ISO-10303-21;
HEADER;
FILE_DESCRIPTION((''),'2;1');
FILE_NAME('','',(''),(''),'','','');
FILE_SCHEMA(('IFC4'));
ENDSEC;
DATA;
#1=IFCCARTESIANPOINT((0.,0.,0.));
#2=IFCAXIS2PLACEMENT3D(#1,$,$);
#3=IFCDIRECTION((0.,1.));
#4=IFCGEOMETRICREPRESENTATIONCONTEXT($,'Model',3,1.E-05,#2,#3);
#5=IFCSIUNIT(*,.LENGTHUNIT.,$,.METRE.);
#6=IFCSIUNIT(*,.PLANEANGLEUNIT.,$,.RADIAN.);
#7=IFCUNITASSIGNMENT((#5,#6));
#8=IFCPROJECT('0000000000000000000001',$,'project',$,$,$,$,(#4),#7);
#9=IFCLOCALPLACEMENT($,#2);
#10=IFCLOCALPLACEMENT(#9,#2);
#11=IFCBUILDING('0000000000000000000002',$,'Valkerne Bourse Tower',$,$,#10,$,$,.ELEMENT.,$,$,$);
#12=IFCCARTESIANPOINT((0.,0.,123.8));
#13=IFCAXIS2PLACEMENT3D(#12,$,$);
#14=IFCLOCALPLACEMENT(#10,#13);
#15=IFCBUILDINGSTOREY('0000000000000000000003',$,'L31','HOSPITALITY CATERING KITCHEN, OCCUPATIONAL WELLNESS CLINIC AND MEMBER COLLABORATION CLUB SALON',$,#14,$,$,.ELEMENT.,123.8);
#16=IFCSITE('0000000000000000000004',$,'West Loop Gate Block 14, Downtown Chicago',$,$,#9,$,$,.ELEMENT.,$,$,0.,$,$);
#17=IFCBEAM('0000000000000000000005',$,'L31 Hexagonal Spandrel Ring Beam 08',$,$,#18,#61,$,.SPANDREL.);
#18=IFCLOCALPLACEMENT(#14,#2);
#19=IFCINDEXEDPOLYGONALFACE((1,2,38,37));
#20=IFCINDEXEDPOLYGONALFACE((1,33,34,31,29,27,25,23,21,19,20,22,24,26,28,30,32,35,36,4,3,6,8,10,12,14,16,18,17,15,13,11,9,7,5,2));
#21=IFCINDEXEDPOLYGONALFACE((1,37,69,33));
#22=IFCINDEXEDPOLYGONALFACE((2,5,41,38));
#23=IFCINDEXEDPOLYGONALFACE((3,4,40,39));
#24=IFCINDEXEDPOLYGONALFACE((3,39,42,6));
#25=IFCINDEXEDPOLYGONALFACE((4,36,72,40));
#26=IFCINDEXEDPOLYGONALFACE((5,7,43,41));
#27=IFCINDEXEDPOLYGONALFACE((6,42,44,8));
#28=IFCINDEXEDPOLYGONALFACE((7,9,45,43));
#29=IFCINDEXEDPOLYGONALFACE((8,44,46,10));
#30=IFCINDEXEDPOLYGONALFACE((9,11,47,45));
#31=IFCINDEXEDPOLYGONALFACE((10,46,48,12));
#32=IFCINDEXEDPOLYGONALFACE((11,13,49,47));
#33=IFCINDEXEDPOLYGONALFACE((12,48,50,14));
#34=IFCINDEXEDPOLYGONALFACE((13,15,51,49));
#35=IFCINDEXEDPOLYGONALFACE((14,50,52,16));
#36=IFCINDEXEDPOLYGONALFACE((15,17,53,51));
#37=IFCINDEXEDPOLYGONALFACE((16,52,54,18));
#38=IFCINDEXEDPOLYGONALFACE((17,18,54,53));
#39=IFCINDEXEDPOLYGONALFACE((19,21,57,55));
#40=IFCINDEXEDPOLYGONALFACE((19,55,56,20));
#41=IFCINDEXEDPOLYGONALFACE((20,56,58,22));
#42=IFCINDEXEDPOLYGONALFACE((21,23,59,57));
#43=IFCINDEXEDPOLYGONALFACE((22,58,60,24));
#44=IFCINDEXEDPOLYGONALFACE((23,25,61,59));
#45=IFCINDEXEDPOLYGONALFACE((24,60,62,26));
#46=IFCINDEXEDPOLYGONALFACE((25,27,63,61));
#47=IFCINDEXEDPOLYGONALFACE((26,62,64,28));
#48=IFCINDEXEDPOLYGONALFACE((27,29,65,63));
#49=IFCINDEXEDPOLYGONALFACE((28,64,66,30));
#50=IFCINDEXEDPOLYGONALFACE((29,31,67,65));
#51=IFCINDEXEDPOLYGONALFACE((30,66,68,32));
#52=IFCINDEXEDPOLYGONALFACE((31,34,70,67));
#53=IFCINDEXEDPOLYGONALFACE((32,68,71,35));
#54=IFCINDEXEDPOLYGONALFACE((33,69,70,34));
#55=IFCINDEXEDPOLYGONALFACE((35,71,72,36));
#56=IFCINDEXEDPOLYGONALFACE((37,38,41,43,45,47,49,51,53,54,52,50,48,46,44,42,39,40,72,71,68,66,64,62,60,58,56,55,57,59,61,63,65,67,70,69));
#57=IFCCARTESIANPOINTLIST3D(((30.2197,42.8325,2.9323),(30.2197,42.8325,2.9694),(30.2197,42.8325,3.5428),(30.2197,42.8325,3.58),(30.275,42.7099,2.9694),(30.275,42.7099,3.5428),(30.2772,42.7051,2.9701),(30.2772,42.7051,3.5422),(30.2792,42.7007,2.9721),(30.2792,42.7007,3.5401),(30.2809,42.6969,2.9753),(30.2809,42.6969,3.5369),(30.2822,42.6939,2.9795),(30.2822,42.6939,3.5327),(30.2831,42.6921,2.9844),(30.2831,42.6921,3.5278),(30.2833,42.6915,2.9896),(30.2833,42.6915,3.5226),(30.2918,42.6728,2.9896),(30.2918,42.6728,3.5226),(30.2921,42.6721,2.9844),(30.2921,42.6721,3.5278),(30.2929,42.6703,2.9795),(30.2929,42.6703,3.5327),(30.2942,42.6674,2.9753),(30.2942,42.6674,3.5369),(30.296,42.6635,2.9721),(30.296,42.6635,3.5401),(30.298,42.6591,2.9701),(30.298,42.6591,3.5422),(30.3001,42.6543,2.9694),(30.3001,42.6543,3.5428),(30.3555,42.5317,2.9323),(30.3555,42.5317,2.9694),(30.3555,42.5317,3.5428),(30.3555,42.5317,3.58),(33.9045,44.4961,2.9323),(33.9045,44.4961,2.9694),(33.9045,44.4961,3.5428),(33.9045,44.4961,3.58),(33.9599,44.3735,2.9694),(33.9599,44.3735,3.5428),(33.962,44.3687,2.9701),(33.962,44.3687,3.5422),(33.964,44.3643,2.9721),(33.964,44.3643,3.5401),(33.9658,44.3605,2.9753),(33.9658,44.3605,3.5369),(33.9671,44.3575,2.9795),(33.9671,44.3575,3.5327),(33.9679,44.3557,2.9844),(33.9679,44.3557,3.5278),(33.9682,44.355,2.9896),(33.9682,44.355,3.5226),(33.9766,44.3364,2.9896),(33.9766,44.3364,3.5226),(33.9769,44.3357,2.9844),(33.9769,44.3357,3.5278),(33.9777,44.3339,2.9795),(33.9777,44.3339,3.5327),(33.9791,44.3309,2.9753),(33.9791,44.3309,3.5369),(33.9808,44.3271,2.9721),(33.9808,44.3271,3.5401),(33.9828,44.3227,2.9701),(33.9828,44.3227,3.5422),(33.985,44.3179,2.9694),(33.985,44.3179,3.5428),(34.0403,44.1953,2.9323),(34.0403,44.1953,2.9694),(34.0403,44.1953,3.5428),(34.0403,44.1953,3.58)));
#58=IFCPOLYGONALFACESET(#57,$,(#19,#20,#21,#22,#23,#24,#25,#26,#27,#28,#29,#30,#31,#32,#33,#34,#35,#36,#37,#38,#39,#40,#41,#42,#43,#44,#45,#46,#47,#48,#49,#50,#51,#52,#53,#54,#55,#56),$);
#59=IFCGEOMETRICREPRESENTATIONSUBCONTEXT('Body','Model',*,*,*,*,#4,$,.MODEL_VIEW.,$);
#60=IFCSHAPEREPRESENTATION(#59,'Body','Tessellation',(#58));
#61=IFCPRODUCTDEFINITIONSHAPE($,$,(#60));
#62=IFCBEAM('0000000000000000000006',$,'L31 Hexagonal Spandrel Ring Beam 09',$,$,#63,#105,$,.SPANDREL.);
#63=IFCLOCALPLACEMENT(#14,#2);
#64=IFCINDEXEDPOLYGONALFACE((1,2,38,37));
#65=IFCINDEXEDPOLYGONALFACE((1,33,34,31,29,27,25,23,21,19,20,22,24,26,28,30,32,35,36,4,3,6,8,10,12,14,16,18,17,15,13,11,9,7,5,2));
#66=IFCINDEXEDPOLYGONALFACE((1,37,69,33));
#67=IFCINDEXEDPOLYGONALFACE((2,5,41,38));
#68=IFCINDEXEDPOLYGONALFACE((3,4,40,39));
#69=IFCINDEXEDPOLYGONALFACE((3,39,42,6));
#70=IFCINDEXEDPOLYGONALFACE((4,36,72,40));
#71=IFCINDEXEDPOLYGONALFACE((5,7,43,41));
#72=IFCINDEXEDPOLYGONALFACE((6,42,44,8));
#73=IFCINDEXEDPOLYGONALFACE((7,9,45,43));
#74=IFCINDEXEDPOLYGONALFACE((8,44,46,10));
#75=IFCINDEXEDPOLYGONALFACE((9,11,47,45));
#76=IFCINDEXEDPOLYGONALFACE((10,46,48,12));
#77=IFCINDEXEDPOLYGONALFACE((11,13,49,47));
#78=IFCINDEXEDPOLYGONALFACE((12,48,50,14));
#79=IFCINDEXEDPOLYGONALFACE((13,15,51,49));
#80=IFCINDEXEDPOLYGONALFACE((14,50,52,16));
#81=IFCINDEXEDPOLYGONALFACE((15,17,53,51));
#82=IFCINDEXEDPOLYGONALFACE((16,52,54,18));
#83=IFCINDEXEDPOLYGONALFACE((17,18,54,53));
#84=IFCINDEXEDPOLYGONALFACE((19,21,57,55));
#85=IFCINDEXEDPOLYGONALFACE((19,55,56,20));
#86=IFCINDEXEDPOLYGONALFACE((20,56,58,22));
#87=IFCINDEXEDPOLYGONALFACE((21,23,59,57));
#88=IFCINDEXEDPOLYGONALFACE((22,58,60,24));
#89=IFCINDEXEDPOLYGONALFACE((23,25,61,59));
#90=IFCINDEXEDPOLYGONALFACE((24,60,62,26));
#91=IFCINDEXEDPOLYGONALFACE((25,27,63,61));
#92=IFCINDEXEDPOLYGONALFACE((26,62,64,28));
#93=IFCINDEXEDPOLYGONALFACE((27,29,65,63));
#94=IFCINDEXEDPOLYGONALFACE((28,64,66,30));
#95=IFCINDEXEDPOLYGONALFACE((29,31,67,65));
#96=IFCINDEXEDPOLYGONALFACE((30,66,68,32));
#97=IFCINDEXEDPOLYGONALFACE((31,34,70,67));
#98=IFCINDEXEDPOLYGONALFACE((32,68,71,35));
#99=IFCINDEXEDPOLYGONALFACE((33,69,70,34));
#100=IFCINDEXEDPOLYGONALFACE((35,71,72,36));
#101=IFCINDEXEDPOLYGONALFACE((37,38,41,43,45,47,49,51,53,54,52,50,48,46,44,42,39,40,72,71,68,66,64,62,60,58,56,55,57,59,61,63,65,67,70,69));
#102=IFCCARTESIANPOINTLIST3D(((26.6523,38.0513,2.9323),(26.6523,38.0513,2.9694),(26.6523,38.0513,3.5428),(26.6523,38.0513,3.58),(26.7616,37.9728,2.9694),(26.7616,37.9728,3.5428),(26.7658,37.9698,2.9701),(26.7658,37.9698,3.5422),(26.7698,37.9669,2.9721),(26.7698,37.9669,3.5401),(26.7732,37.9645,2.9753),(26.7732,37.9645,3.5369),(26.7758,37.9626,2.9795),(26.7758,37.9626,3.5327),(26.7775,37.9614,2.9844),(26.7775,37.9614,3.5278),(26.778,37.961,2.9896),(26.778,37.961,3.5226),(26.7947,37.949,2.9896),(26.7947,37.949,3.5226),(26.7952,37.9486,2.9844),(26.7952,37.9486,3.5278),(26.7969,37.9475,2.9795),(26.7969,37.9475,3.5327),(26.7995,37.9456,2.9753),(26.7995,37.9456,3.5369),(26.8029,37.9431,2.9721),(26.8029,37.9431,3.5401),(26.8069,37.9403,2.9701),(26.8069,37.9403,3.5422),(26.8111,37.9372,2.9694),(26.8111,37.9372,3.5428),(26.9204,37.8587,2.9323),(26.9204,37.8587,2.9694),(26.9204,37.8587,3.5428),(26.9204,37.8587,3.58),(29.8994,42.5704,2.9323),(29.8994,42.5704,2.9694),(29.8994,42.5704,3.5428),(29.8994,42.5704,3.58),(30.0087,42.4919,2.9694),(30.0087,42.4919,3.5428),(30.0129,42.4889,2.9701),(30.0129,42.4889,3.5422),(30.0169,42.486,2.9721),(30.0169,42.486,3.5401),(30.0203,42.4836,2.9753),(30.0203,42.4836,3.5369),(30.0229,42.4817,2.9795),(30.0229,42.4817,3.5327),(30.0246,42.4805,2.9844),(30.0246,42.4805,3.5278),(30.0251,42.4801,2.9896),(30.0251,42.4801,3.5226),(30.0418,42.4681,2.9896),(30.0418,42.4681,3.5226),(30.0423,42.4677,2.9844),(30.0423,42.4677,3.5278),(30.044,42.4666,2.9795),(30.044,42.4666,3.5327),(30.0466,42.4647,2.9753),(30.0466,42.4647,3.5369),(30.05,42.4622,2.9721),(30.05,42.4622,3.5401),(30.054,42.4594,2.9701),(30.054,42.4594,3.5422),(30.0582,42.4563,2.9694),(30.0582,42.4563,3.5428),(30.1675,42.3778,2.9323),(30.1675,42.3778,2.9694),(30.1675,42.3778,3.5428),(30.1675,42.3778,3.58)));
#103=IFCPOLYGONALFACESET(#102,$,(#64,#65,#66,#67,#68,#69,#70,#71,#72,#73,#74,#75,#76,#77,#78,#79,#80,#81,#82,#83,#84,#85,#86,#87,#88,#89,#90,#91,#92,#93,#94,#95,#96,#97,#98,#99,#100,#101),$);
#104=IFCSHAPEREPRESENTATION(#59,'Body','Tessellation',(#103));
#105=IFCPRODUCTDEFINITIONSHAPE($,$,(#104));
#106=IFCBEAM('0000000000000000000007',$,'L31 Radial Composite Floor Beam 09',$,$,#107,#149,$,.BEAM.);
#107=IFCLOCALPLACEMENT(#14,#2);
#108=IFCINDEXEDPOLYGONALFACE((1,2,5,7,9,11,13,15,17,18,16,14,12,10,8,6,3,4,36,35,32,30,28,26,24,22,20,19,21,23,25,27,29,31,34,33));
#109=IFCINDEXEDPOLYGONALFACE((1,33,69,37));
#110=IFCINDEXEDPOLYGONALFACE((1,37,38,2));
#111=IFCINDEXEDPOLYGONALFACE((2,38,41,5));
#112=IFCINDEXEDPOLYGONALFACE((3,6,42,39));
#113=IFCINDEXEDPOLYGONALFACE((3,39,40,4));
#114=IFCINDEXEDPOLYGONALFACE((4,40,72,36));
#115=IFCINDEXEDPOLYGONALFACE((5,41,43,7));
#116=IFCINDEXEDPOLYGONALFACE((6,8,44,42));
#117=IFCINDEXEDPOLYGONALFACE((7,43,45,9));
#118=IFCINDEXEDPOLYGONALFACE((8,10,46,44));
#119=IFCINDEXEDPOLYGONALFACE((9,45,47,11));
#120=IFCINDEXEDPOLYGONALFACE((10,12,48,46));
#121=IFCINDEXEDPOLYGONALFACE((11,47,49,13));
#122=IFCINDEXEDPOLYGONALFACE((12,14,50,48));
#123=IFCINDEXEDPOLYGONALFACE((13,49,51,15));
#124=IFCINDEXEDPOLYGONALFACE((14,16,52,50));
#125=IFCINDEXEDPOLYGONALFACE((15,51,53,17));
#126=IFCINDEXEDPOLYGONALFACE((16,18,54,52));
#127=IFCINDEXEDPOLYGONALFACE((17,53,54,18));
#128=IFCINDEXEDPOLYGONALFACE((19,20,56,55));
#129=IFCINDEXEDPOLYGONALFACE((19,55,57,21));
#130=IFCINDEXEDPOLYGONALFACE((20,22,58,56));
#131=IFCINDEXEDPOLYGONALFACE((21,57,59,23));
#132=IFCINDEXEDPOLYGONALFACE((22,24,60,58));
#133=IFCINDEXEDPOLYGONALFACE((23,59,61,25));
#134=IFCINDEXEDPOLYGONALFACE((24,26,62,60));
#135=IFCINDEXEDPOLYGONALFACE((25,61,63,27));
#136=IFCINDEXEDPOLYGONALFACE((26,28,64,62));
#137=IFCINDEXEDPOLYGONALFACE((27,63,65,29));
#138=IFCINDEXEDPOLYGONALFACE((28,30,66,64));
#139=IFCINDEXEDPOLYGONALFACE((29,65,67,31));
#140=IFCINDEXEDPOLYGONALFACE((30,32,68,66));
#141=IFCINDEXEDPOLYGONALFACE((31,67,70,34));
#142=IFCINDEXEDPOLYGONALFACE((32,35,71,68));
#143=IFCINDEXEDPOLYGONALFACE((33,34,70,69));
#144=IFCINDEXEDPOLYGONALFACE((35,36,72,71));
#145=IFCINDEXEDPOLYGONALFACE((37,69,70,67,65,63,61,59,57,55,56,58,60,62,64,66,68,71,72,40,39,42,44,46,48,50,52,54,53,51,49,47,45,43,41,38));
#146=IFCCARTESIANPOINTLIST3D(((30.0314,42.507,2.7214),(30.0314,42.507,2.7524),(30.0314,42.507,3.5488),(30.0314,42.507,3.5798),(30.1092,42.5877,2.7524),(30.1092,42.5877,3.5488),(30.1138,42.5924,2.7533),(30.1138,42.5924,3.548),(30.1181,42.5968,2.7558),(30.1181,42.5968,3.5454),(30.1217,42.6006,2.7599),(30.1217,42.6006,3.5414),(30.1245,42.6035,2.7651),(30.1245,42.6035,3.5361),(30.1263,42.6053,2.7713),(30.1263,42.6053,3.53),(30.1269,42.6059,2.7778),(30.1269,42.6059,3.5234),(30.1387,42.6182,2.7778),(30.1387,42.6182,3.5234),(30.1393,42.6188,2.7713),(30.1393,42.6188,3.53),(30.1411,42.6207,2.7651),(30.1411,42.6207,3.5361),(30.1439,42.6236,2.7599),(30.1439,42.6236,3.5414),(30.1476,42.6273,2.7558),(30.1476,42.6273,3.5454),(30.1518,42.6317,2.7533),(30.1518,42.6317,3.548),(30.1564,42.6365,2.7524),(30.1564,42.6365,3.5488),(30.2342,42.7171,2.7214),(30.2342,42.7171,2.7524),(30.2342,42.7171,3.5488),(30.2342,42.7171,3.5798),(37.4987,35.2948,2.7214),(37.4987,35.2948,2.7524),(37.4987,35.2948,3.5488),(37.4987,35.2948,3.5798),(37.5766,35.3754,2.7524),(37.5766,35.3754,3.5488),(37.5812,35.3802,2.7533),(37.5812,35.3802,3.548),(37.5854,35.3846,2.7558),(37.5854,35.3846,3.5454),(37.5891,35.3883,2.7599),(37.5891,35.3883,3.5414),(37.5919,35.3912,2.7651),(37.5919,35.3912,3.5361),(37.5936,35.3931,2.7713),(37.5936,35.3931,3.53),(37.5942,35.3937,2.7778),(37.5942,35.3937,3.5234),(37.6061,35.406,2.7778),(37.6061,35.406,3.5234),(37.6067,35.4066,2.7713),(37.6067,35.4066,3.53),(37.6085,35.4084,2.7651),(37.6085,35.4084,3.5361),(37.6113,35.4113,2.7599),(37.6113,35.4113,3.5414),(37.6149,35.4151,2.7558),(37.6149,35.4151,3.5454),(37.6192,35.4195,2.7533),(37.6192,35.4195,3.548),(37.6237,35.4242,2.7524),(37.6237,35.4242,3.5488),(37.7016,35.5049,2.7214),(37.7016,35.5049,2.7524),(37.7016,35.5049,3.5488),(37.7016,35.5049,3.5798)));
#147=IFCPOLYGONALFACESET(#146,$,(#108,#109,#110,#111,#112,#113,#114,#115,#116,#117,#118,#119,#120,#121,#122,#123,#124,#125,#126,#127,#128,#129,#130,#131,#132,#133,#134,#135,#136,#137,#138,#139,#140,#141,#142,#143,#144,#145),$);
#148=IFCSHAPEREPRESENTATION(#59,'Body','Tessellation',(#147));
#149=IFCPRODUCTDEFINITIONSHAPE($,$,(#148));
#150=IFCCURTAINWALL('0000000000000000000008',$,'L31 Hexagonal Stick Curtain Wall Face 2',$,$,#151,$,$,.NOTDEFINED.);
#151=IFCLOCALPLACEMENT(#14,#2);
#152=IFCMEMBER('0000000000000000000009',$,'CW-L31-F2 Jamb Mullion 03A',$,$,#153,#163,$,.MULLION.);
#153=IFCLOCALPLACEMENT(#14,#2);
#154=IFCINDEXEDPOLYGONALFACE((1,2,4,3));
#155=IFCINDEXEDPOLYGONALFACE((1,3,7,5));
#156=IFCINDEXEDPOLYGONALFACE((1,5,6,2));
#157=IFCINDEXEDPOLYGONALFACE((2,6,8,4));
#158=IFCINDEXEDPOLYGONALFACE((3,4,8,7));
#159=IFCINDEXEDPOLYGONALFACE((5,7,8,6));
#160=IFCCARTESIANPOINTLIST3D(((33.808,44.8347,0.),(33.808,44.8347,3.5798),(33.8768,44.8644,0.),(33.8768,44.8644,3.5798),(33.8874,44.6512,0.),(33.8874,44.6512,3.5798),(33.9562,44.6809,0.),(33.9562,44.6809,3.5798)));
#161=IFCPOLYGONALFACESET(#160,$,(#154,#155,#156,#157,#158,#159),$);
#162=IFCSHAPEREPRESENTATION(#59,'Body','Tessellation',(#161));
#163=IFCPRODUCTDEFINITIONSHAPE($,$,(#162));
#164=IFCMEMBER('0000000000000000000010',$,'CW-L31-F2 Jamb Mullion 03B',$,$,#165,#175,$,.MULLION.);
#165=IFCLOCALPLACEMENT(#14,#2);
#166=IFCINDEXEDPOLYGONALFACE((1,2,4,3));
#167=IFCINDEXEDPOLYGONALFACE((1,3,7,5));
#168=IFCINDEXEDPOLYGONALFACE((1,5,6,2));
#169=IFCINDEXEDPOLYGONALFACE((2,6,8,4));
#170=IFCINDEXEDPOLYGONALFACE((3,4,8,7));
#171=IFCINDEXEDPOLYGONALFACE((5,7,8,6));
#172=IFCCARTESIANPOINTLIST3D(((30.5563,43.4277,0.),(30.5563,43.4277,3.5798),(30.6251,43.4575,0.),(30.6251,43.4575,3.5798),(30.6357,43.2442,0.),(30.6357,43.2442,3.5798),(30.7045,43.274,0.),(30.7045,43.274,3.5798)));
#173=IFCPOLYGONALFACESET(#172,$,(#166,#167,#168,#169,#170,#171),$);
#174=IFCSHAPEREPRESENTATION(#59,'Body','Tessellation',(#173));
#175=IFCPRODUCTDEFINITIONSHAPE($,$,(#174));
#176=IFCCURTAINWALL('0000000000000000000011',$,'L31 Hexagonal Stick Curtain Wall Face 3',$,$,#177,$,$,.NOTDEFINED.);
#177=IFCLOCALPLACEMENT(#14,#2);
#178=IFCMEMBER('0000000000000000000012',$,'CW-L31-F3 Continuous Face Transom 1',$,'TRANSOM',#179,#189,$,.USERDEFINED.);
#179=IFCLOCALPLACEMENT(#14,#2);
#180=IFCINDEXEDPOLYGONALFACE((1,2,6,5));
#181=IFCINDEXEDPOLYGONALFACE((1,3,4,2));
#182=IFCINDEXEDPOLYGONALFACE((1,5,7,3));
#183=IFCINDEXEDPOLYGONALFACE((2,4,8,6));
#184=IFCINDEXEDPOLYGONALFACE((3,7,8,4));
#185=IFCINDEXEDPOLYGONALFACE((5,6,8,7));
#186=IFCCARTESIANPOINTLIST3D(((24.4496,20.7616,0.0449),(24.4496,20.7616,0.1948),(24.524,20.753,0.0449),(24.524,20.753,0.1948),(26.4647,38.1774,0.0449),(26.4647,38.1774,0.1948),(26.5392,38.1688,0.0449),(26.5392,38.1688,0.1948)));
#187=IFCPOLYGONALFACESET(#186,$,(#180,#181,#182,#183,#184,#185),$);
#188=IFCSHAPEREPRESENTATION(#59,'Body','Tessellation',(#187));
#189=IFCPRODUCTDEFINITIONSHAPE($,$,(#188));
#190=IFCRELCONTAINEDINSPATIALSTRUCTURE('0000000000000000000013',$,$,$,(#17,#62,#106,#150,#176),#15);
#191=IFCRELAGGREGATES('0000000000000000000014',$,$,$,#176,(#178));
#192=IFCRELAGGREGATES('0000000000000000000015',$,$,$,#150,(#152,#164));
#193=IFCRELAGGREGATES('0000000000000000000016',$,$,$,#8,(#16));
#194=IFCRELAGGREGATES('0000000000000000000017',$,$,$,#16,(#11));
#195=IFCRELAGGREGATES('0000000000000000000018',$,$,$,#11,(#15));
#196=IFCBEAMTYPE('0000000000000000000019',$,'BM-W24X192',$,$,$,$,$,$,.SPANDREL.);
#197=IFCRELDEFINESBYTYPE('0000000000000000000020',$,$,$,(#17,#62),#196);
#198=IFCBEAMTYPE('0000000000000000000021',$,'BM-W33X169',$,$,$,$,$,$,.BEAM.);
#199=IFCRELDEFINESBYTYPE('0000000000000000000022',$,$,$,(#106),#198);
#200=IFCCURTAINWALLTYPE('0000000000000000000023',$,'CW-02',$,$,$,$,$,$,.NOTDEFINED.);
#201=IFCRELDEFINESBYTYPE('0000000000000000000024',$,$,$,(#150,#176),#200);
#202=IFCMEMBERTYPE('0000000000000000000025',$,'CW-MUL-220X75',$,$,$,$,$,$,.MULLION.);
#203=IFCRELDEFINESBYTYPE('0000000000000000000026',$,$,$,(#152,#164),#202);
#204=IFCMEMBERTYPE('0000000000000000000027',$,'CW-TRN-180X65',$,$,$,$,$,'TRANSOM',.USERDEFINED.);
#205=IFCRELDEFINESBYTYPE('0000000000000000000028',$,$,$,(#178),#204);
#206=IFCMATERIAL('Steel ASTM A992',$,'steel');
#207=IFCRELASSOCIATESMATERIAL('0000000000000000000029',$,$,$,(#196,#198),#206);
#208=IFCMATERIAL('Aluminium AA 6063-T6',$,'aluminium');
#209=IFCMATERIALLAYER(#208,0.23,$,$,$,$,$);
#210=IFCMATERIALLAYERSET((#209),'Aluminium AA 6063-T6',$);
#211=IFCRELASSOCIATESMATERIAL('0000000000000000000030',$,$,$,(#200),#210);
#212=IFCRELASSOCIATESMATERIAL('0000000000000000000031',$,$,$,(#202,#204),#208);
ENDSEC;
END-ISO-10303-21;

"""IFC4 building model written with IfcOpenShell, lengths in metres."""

from ifc_helpers import new_model, si_unit, direction, frame, origin, origin_2d, place, context, subcontext, project, spatial, rectangle, i_section, extrude, material, layer, layer_set, material_profile, profile_set, type_object, element, aggregate, save


model = new_model("IFC4")

# Units and contexts
model_context = context("Model", 3, precision=1e-05, world=origin(), true_north=direction((0.0, 1.0)))
body_context = subcontext(model_context, "Body", "Model", "MODEL_VIEW")
ifc_project = project(units=[si_unit("LENGTHUNIT", "METRE"), si_unit("PLANEANGLEUNIT", "RADIAN")], contexts=[model_context])

# Site, building, storey
site_placement = place(None, origin())
site = spatial("IfcSite", under=ifc_project, at=site_placement, Name="West Loop Gate Block 14, Downtown Chicago", CompositionType="ELEMENT", RefElevation=0.0)
building_placement = place(site_placement, origin())
building = spatial("IfcBuilding", under=site, at=building_placement, Name="Valkerne Bourse Tower", CompositionType="ELEMENT")
storey_placement = place(building_placement, frame((0.0, 0.0, 123.8)))
storey = spatial("IfcBuildingStorey", under=building, at=storey_placement, Name="L31", Description="HOSPITALITY CATERING KITCHEN, OCCUPATIONAL WELLNESS CLINIC AND MEMBER COLLABORATION CLUB SALON", CompositionType="ELEMENT", Elevation=123.8)

# Beams
ifc_material_1 = material(Name="Steel ASTM A992", Category="steel")
ifc_material_profile_1 = material_profile(ifc_material_1, i_section(OverallWidth=0.3301, OverallDepth=0.6477, WebThickness=0.0205, FlangeThickness=0.0371, FilletRadius=0.0203, at=origin_2d()), Name="W24X192")
ifc_profile_set_1 = profile_set([ifc_material_profile_1], Name="Steel ASTM A992")
beam_type_1 = type_object("IfcBeamType", Name="BM-W24X192", PredefinedType="SPANDREL", material=ifc_profile_set_1)
beam_1_placement = place(storey_placement, frame((33.9724, 44.3457, 3.2561), z_axis=(-0.91142, -0.411477, 0.0), x_axis=(0.411477, -0.91142, 0.0)))
element("IfcBeam", 1, at=beam_1_placement, inside=storey, type_object=beam_type_1, Name="L31 Hexagonal Spandrel Ring Beam 08", PredefinedType="SPANDREL", context=body_context, shape_type="SweptSolid", body=[
    extrude(i_section(OverallWidth=0.3301, OverallDepth=0.6477, WebThickness=0.0205, FlangeThickness=0.0371, FilletRadius=0.0203, at=origin_2d()), origin(), (0.0, 0.0, 1.0), 4.043),
])
beam_2_placement = place(storey_placement, frame((30.0334, 42.4741, 3.2561), z_axis=(-0.583519, -0.8121, 0.0), x_axis=(0.8121, -0.583519, 0.0)))
element("IfcBeam", 2, at=beam_2_placement, inside=storey, type_object=beam_type_1, Name="L31 Hexagonal Spandrel Ring Beam 09", PredefinedType="SPANDREL", context=body_context, shape_type="SweptSolid", body=[
    extrude(i_section(OverallWidth=0.3301, OverallDepth=0.6477, WebThickness=0.0205, FlangeThickness=0.0371, FilletRadius=0.0203, at=origin_2d()), origin(), (0.0, 0.0, 1.0), 5.5647),
])
ifc_material_profile_2 = material_profile(ifc_material_1, i_section(OverallWidth=0.292, OverallDepth=0.8584, WebThickness=0.0171, FlangeThickness=0.031, FilletRadius=0.0254, at=origin_2d()), Name="W33X169")
ifc_profile_set_2 = profile_set([ifc_material_profile_2], Name="Steel ASTM A992")
beam_type_2 = type_object("IfcBeamType", Name="BM-W33X169", PredefinedType="BEAM", material=ifc_profile_set_2)
beam_3_placement = place(storey_placement, frame((30.1328, 42.6121, 3.1506), z_axis=(0.719288, -0.694712, 0.0), x_axis=(0.694712, 0.719288, 0.0)))
element("IfcBeam", 3, at=beam_3_placement, inside=storey, type_object=beam_type_2, Name="L31 Radial Composite Floor Beam 09", PredefinedType="BEAM", context=body_context, shape_type="SweptSolid", body=[
    extrude(i_section(OverallWidth=0.292, OverallDepth=0.8584, WebThickness=0.0171, FlangeThickness=0.031, FilletRadius=0.0254, at=origin_2d()), origin(), (0.0, 0.0, 1.0), 10.3816),
])

# Curtain walls, members
ifc_material_2 = material(Name="Aluminium AA 6063-T6", Category="aluminium")
ifc_layer_1 = layer(ifc_material_2, 0.23)
ifc_layer_set_1 = layer_set([ifc_layer_1], Name="Aluminium AA 6063-T6")
curtain_wall_type = type_object("IfcCurtainWallType", Name="CW-02", PredefinedType="NOTDEFINED", material=ifc_layer_set_1)
curtain_wall_1_placement = place(storey_placement, origin())
curtain_wall_1 = element("IfcCurtainWall", 4, at=curtain_wall_1_placement, inside=storey, type_object=curtain_wall_type, Name="L31 Hexagonal Stick Curtain Wall Face 2", PredefinedType="NOTDEFINED")
ifc_material_profile_3 = material_profile(ifc_material_2, rectangle(XDim=0.075, YDim=0.2, at=origin_2d()), Name="CWM-75X200")
ifc_profile_set_3 = profile_set([ifc_material_profile_3], Name="Aluminium AA 6063-T6")
member_type_1 = type_object("IfcMemberType", Name="CW-MUL-220X75", PredefinedType="MULLION", material=ifc_profile_set_3)
member_1_placement = place(storey_placement, frame((33.8821, 44.7578, 0.0), z_axis=(0.0, 0.0, 1.0), x_axis=(-0.917754, -0.39715, 0.0)))
member_1 = element("IfcMember", 5, at=member_1_placement, type_object=member_type_1, Name="CW-L31-F2 Jamb Mullion 03A", PredefinedType="MULLION", context=body_context, shape_type="SweptSolid", body=[
    extrude(rectangle(XDim=0.075, YDim=0.2, at=origin_2d()), origin(), (0.0, 0.0, 1.0), 3.5798),
])
member_2_placement = place(storey_placement, frame((30.6304, 43.3508, 0.0), z_axis=(0.0, 0.0, 1.0), x_axis=(-0.917754, -0.39715, 0.0)))
member_2 = element("IfcMember", 6, at=member_2_placement, type_object=member_type_1, Name="CW-L31-F2 Jamb Mullion 03B", PredefinedType="MULLION", context=body_context, shape_type="SweptSolid", body=[
    extrude(rectangle(XDim=0.075, YDim=0.2, at=origin_2d()), origin(), (0.0, 0.0, 1.0), 3.5798),
])
curtain_wall_2_placement = place(storey_placement, origin())
curtain_wall_2 = element("IfcCurtainWall", 7, at=curtain_wall_2_placement, inside=storey, type_object=curtain_wall_type, Name="L31 Hexagonal Stick Curtain Wall Face 3", PredefinedType="NOTDEFINED")
ifc_material_profile_4 = material_profile(ifc_material_2, rectangle(XDim=0.075, YDim=0.1499, at=origin_2d()), Name="CWT-75X150")
ifc_profile_set_4 = profile_set([ifc_material_profile_4], Name="Aluminium AA 6063-T6")
member_type_2 = type_object("IfcMemberType", Name="CW-TRN-180X65", ElementType="TRANSOM", PredefinedType="USERDEFINED", material=ifc_profile_set_4)
member_3_placement = place(storey_placement, frame((26.502, 38.1731, 0.1199), z_axis=(-0.114941, -0.993372, 0.0), x_axis=(0.993372, -0.114941, 0.0)))
member_3 = element("IfcMember", 8, at=member_3_placement, type_object=member_type_2, Name="CW-L31-F3 Continuous Face Transom 1", ObjectType="TRANSOM", PredefinedType="USERDEFINED", context=body_context, shape_type="SweptSolid", body=[
    extrude(rectangle(XDim=0.075, YDim=0.1499, at=origin_2d()), origin(), (0.0, 0.0, 1.0), 17.532),
])
aggregate(curtain_wall_2, [member_3])

aggregate(curtain_wall_1, [member_1, member_2])

save(model, "model.ifc")
